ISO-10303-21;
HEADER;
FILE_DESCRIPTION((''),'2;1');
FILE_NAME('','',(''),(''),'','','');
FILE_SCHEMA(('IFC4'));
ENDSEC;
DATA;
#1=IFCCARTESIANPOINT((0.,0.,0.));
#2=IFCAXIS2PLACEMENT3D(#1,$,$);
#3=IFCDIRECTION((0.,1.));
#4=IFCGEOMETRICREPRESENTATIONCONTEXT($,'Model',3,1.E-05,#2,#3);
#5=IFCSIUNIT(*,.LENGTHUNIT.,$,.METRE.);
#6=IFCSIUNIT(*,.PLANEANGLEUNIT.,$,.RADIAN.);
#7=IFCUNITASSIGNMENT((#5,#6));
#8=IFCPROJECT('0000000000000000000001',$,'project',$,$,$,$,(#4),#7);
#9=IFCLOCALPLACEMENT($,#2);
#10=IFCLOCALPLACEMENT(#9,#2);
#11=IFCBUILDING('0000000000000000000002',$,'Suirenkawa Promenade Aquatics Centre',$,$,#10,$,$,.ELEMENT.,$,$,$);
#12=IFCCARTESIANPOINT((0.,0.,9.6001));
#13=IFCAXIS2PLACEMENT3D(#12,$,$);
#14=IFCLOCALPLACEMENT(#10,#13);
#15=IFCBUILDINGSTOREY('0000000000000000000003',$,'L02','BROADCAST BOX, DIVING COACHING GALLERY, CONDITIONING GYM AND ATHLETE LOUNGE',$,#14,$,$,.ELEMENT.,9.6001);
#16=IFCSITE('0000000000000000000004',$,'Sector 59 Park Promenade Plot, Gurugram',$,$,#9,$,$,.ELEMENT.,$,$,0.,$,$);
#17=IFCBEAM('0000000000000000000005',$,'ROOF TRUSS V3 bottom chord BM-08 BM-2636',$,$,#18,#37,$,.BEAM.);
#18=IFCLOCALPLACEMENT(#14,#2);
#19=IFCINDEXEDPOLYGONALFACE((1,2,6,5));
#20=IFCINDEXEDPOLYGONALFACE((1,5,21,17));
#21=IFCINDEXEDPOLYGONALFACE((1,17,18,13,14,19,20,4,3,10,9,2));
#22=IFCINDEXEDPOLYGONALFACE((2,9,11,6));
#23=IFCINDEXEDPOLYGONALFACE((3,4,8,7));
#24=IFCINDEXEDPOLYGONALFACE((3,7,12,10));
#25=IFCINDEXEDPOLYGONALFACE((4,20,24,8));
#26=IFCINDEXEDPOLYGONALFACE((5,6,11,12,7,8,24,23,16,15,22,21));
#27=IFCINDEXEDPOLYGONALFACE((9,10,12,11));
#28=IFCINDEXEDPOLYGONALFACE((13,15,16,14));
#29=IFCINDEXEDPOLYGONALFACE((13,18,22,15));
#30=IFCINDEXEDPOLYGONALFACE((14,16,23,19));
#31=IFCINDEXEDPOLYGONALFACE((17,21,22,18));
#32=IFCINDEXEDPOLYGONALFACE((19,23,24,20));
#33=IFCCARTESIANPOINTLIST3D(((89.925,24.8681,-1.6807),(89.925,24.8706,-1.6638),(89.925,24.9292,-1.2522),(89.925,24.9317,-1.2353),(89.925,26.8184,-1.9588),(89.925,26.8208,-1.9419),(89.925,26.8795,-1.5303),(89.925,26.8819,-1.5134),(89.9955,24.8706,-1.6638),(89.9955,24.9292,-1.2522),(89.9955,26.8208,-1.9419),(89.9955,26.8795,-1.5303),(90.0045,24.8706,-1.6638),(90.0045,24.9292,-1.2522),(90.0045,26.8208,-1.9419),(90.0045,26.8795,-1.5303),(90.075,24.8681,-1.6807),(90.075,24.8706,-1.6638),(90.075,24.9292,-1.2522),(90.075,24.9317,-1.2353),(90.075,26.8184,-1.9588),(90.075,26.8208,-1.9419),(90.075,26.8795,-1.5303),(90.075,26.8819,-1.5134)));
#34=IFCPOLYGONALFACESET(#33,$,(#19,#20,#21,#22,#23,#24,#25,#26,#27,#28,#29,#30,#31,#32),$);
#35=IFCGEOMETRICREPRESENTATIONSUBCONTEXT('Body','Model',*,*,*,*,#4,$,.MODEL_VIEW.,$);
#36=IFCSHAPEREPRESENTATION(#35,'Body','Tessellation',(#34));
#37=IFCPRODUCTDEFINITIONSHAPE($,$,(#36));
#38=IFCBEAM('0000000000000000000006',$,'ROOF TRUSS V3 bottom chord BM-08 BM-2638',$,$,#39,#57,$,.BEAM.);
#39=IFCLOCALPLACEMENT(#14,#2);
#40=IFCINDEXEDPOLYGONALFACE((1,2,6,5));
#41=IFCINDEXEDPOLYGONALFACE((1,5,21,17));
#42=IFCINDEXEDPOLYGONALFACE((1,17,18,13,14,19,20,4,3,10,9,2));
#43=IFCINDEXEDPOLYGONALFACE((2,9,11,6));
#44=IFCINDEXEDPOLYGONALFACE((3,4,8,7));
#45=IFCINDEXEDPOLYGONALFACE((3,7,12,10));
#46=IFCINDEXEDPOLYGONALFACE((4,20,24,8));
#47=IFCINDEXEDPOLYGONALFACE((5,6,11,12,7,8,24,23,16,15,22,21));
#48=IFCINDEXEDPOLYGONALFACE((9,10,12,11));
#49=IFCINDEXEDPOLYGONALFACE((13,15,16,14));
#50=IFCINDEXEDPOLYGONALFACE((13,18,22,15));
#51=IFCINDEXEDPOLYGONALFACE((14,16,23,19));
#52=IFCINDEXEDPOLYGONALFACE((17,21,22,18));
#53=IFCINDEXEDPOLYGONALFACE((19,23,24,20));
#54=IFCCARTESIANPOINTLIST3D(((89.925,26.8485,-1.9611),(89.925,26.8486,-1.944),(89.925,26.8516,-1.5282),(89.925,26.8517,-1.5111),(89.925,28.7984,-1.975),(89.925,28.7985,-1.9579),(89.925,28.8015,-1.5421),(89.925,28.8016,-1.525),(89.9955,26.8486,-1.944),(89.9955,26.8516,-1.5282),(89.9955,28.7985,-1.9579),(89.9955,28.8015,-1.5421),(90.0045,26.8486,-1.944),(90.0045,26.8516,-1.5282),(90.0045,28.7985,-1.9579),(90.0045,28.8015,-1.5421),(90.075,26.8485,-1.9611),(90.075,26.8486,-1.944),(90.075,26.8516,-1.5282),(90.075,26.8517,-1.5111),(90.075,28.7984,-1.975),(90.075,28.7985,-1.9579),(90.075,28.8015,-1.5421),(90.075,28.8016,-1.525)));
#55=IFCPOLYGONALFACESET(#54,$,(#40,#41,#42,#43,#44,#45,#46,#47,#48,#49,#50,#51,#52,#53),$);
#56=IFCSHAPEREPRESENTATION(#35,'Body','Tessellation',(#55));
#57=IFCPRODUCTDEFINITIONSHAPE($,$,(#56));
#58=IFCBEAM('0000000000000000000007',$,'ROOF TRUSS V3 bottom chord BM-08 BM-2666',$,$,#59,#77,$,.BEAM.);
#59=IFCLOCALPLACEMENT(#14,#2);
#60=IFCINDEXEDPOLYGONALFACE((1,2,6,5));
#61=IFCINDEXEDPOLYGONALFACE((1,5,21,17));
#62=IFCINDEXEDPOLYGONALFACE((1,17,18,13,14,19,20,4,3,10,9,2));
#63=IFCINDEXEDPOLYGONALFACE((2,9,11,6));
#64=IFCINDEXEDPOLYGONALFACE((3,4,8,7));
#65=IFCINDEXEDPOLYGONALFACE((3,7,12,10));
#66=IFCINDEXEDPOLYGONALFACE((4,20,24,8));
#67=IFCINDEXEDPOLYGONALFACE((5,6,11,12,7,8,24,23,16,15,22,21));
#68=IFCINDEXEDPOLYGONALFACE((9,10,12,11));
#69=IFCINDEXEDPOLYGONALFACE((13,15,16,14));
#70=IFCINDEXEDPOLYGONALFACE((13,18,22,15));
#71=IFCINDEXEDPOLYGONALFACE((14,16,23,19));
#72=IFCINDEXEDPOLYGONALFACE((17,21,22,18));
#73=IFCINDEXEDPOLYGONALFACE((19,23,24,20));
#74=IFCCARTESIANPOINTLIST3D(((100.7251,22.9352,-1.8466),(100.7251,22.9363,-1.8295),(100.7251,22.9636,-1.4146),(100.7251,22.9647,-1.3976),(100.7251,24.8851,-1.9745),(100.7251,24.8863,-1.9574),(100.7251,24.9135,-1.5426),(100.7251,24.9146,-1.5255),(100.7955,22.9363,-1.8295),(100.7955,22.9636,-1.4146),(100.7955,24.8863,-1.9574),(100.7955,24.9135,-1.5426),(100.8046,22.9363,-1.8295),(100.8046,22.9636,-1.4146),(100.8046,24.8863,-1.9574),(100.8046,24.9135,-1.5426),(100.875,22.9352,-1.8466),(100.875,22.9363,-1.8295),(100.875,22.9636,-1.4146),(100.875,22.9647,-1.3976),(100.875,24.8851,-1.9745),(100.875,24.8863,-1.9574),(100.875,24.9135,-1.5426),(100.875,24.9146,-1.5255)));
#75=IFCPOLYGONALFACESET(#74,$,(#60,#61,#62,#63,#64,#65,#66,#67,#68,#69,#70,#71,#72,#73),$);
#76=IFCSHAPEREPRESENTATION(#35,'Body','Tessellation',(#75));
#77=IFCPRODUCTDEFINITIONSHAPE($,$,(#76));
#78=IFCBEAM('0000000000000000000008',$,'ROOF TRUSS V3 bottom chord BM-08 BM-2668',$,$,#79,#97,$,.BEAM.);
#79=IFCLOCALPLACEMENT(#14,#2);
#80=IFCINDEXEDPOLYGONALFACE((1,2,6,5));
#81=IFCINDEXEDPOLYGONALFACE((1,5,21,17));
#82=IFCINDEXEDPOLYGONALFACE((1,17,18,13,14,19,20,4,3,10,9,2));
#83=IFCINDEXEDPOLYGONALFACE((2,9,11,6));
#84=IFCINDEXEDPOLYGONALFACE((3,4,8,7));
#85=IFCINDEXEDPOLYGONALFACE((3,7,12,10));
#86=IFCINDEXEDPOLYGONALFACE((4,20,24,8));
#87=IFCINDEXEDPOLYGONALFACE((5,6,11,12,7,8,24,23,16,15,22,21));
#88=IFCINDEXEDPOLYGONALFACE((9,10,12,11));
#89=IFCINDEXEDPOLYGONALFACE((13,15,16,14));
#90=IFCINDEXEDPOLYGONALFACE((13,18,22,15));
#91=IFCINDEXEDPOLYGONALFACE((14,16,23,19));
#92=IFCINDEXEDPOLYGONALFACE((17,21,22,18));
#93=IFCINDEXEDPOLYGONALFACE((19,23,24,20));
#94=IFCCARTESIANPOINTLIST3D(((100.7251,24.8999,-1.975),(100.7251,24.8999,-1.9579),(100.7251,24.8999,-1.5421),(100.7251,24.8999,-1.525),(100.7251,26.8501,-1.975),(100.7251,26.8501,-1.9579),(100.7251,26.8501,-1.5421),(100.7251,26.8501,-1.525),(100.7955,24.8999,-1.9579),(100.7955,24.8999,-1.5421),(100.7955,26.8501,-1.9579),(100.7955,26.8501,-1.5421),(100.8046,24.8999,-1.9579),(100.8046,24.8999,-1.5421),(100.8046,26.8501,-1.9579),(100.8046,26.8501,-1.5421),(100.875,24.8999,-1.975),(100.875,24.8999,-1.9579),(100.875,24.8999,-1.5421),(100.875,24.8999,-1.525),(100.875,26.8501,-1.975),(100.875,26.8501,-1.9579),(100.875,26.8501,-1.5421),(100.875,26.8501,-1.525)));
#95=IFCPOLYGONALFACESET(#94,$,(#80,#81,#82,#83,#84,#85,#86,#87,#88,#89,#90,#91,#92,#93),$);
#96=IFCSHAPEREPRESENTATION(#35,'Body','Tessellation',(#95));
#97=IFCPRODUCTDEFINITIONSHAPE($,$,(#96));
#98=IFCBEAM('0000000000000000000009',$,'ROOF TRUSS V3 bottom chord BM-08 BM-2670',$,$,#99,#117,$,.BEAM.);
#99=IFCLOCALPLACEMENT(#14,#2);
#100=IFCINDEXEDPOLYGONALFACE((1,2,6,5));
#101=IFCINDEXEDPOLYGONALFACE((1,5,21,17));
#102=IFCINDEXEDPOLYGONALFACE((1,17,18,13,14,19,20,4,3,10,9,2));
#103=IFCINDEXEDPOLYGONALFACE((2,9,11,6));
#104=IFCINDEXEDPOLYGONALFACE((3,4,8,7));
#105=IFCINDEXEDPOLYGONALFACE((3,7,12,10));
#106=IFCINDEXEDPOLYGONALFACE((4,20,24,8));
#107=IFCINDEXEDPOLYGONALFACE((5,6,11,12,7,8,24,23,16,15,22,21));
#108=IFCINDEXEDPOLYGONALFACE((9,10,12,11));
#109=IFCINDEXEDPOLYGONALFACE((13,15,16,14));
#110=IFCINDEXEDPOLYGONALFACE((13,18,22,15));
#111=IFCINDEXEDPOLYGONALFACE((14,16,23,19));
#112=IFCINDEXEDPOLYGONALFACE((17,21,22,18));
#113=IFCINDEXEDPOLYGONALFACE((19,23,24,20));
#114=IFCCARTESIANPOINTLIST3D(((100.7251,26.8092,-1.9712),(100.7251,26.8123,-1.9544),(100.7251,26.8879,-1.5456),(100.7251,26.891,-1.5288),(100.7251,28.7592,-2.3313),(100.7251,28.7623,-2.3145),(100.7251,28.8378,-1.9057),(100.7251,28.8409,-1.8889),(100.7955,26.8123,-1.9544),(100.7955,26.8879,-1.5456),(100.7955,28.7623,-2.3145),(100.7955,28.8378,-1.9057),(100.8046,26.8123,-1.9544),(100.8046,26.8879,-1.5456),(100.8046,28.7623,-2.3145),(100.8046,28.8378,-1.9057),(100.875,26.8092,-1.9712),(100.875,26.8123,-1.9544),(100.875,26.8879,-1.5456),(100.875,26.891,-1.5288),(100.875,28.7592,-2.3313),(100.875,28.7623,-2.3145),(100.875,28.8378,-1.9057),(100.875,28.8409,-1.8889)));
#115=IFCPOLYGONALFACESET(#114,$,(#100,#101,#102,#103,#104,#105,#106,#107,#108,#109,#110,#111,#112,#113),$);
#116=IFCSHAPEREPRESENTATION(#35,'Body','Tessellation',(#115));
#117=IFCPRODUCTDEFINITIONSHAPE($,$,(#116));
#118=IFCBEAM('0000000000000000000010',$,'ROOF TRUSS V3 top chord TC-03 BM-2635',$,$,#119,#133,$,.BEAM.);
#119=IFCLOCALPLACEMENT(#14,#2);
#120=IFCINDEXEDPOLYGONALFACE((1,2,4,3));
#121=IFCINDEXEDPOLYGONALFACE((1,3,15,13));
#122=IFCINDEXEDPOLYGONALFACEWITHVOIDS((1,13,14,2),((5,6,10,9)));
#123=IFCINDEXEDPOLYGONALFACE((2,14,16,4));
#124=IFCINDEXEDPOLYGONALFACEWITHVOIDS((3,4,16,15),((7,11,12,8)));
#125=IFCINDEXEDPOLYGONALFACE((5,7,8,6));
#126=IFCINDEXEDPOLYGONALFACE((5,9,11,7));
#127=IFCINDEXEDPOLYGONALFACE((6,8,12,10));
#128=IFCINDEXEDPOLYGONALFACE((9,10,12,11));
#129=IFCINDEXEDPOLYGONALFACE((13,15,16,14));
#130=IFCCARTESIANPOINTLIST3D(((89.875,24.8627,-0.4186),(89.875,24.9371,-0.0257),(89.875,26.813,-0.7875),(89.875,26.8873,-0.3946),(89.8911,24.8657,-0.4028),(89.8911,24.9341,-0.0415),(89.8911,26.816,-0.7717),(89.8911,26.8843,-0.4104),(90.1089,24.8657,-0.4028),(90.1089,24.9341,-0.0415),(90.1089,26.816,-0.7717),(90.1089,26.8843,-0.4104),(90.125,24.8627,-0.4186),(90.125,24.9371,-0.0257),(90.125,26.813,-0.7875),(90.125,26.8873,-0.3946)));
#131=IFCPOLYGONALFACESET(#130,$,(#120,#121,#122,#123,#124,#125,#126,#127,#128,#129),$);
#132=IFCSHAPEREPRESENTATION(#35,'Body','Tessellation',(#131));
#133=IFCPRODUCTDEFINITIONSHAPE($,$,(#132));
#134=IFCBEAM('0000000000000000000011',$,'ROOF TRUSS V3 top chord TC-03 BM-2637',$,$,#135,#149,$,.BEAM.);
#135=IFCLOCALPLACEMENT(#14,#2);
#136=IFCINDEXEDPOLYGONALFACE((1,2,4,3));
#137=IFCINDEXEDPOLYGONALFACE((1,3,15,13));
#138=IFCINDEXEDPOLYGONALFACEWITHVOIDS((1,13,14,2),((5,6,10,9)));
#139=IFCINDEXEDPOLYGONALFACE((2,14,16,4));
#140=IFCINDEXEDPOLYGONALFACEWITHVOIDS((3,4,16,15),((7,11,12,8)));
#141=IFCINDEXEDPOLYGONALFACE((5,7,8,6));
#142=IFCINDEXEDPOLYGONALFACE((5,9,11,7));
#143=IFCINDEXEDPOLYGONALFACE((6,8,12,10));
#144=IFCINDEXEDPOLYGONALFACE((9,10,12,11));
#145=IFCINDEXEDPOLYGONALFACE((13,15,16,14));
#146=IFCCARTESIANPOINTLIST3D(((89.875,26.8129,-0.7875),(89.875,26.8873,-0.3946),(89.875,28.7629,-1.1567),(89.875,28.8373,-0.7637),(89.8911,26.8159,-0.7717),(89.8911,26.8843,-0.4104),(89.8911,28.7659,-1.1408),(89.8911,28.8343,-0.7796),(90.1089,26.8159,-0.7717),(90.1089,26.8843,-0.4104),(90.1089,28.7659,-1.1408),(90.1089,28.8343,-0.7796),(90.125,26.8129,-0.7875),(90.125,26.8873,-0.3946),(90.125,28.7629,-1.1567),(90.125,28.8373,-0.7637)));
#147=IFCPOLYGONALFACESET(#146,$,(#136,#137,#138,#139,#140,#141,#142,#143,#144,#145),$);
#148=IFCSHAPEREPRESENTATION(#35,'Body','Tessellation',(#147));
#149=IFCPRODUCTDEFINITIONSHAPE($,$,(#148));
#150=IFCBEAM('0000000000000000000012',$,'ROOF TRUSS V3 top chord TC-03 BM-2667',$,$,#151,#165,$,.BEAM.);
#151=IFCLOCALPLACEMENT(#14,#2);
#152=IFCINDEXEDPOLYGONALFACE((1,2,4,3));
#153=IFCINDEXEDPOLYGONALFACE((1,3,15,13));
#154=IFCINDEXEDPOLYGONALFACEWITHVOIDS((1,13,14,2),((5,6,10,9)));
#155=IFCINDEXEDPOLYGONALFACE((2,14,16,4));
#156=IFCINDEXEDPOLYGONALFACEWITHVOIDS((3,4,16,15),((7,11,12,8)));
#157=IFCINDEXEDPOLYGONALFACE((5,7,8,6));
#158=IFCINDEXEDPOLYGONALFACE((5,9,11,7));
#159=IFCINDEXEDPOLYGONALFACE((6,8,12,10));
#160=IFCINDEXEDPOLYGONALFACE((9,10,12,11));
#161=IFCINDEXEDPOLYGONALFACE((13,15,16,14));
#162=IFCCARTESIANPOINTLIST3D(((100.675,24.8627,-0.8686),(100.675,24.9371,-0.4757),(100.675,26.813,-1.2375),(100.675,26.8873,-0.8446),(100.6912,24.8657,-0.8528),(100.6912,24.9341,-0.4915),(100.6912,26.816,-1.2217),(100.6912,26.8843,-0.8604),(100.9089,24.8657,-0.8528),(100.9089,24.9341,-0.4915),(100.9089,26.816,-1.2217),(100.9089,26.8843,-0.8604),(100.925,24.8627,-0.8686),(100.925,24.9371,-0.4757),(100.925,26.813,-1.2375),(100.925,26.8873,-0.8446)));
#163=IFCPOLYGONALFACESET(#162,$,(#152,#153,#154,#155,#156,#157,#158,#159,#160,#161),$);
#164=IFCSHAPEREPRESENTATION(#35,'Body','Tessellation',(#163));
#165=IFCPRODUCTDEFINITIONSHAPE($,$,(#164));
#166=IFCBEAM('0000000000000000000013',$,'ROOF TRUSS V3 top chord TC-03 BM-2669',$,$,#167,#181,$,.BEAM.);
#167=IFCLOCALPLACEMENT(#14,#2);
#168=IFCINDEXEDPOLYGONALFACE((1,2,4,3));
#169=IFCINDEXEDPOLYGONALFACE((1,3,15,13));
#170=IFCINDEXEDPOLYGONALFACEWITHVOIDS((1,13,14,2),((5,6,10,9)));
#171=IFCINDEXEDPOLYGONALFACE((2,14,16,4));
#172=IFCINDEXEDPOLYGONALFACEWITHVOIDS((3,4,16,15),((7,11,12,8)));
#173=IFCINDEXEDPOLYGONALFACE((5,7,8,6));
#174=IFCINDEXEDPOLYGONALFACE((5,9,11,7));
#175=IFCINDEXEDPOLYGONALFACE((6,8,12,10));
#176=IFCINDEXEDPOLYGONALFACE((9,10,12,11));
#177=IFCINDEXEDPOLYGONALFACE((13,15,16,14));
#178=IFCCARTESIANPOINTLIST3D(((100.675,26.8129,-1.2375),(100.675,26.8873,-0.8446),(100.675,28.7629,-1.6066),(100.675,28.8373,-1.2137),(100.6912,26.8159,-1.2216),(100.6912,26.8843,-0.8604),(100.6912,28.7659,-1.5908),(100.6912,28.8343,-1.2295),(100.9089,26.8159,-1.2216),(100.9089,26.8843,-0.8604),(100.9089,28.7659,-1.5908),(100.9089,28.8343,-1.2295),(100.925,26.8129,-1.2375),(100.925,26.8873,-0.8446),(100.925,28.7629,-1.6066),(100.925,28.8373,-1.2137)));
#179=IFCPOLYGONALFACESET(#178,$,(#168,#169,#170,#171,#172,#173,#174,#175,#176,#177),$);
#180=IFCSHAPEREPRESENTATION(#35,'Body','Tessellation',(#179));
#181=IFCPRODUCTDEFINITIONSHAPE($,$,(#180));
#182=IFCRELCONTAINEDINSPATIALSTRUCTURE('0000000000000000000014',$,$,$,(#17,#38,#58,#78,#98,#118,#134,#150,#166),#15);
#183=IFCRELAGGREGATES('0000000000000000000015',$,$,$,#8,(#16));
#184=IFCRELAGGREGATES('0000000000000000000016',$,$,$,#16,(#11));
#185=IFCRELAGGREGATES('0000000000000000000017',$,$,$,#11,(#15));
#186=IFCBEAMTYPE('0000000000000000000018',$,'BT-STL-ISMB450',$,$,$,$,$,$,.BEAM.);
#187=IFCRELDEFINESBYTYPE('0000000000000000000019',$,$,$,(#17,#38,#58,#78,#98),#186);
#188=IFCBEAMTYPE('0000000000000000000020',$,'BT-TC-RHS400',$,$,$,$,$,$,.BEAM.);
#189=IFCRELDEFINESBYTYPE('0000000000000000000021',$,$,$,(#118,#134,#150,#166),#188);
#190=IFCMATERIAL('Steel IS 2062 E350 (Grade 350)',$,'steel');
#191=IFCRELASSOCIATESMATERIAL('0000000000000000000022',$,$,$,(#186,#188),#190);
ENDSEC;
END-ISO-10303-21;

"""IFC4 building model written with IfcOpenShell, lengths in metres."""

from ifc_helpers import new_model, si_unit, direction, frame, origin, origin_2d, place, context, subcontext, project, spatial, hollow_rectangle, i_section, extrude, material, material_profile, profile_set, type_object, element, save


model = new_model("IFC4")

# Units and contexts
model_context = context("Model", 3, precision=1e-05, world=origin(), true_north=direction((0.0, 1.0)))
body_context = subcontext(model_context, "Body", "Model", "MODEL_VIEW")
ifc_project = project(units=[si_unit("LENGTHUNIT", "METRE"), si_unit("PLANEANGLEUNIT", "RADIAN")], contexts=[model_context])

# Site, building, storey
site_placement = place(None, origin())
site = spatial("IfcSite", under=ifc_project, at=site_placement, Name="Sector 59 Park Promenade Plot, Gurugram", CompositionType="ELEMENT", RefElevation=0.0)
building_placement = place(site_placement, origin())
building = spatial("IfcBuilding", under=site, at=building_placement, Name="Suirenkawa Promenade Aquatics Centre", CompositionType="ELEMENT")
storey_placement = place(building_placement, frame((0.0, 0.0, 9.6001)))
storey = spatial("IfcBuildingStorey", under=building, at=storey_placement, Name="L02", Description="BROADCAST BOX, DIVING COACHING GALLERY, CONDITIONING GYM AND ATHLETE LOUNGE", CompositionType="ELEMENT", Elevation=9.6001)

# Beams
ifc_material = material(Name="Steel IS 2062 E350 (Grade 350)", Category="steel")
ifc_material_profile_1 = material_profile(ifc_material, i_section(OverallWidth=0.1499, OverallDepth=0.45, WebThickness=0.009, FlangeThickness=0.0171, at=origin_2d()), Name="ISMB 450", Category="steel")
ifc_profile_set_1 = profile_set([ifc_material_profile_1], Name="Steel IS 2062 E350 (Grade 350)")
beam_type_1 = type_object("IfcBeamType", Name="BT-STL-ISMB450", PredefinedType="BEAM", material=ifc_profile_set_1)
beam_1_placement = place(storey_placement, frame((90.0, 24.8999, -1.458), z_axis=(0.0, 0.989987, -0.141161), x_axis=(-1.0, 0.0, 0.0)))
element("IfcBeam", 1, at=beam_1_placement, inside=storey, type_object=beam_type_1, Name="ROOF TRUSS V3 bottom chord BM-08 BM-2636", PredefinedType="BEAM", context=body_context, shape_type="SweptSolid", body=[
    extrude(i_section(OverallWidth=0.1499, OverallDepth=0.45, WebThickness=0.009, FlangeThickness=0.0171, at=origin_2d()), origin(), (0.0, 0.0, 1.0), 1.97),
])
beam_2_placement = place(storey_placement, frame((90.0, 26.8501, -1.7361), z_axis=(0.0, 0.999975, -0.007136), x_axis=(-1.0, 0.0, 0.0)))
element("IfcBeam", 2, at=beam_2_placement, inside=storey, type_object=beam_type_1, Name="ROOF TRUSS V3 bottom chord BM-08 BM-2638", PredefinedType="BEAM", context=body_context, shape_type="SweptSolid", body=[
    extrude(i_section(OverallWidth=0.1499, OverallDepth=0.45, WebThickness=0.009, FlangeThickness=0.0171, at=origin_2d()), origin(), (0.0, 0.0, 1.0), 1.95),
])
beam_3_placement = place(storey_placement, frame((100.8, 22.95, -1.6221), z_axis=(0.0, 0.997855, -0.065466), x_axis=(-1.0, 0.0, 0.0)))
element("IfcBeam", 3, at=beam_3_placement, inside=storey, type_object=beam_type_1, Name="ROOF TRUSS V3 bottom chord BM-08 BM-2666", PredefinedType="BEAM", context=body_context, shape_type="SweptSolid", body=[
    extrude(i_section(OverallWidth=0.1499, OverallDepth=0.45, WebThickness=0.009, FlangeThickness=0.0171, at=origin_2d()), origin(), (0.0, 0.0, 1.0), 1.9541),
])
beam_4_placement = place(storey_placement, frame((100.8, 24.8999, -1.75), z_axis=(0.0, 1.0, 0.0), x_axis=(-1.0, 0.0, 0.0)))
element("IfcBeam", 4, at=beam_4_placement, inside=storey, type_object=beam_type_1, Name="ROOF TRUSS V3 bottom chord BM-08 BM-2668", PredefinedType="BEAM", context=body_context, shape_type="SweptSolid", body=[
    extrude(i_section(OverallWidth=0.1499, OverallDepth=0.45, WebThickness=0.009, FlangeThickness=0.0171, at=origin_2d()), origin(), (0.0, 0.0, 1.0), 1.9502),
])
beam_5_placement = place(storey_placement, frame((100.8, 26.8501, -1.75), z_axis=(0.0, 0.983372, -0.181604), x_axis=(-1.0, 0.0, 0.0)))
element("IfcBeam", 5, at=beam_5_placement, inside=storey, type_object=beam_type_1, Name="ROOF TRUSS V3 bottom chord BM-08 BM-2670", PredefinedType="BEAM", context=body_context, shape_type="SweptSolid", body=[
    extrude(i_section(OverallWidth=0.1499, OverallDepth=0.45, WebThickness=0.009, FlangeThickness=0.0171, at=origin_2d()), origin(), (0.0, 0.0, 1.0), 1.9829),
])
ifc_material_profile_2 = material_profile(ifc_material, hollow_rectangle(XDim=0.25, YDim=0.3999, WallThickness=0.0161, at=origin_2d()), Name="RHS 400x250x16", Category="steel")
ifc_profile_set_2 = profile_set([ifc_material_profile_2], Name="Steel IS 2062 E350 (Grade 350)")
beam_type_2 = type_object("IfcBeamType", Name="BT-TC-RHS400", PredefinedType="BEAM", material=ifc_profile_set_2)
beam_6_placement = place(storey_placement, frame((90.0, 24.8999, -0.2222), z_axis=(0.0, 0.982576, -0.185863), x_axis=(-1.0, 0.0, 0.0)))
element("IfcBeam", 6, at=beam_6_placement, inside=storey, type_object=beam_type_2, Name="ROOF TRUSS V3 top chord TC-03 BM-2635", PredefinedType="BEAM", context=body_context, shape_type="SweptSolid", body=[
    extrude(hollow_rectangle(XDim=0.25, YDim=0.3999, WallThickness=0.0161, at=origin_2d()), origin(), (0.0, 0.0, 1.0), 1.9849),
])
beam_7_placement = place(storey_placement, frame((90.0, 26.8501, -0.5911), z_axis=(0.0, 0.982549, -0.186004), x_axis=(-1.0, 0.0, 0.0)))
element("IfcBeam", 7, at=beam_7_placement, inside=storey, type_object=beam_type_2, Name="ROOF TRUSS V3 top chord TC-03 BM-2637", PredefinedType="BEAM", context=body_context, shape_type="SweptSolid", body=[
    extrude(hollow_rectangle(XDim=0.25, YDim=0.3999, WallThickness=0.0161, at=origin_2d()), origin(), (0.0, 0.0, 1.0), 1.9846),
])
beam_8_placement = place(storey_placement, frame((100.8, 24.8999, -0.6721), z_axis=(0.0, 0.982576, -0.185863), x_axis=(-1.0, 0.0, 0.0)))
element("IfcBeam", 8, at=beam_8_placement, inside=storey, type_object=beam_type_2, Name="ROOF TRUSS V3 top chord TC-03 BM-2667", PredefinedType="BEAM", context=body_context, shape_type="SweptSolid", body=[
    extrude(hollow_rectangle(XDim=0.25, YDim=0.3999, WallThickness=0.0161, at=origin_2d()), origin(), (0.0, 0.0, 1.0), 1.9849),
])
beam_9_placement = place(storey_placement, frame((100.8, 26.8501, -1.041), z_axis=(0.0, 0.982549, -0.186004), x_axis=(-1.0, 0.0, 0.0)))
element("IfcBeam", 9, at=beam_9_placement, inside=storey, type_object=beam_type_2, Name="ROOF TRUSS V3 top chord TC-03 BM-2669", PredefinedType="BEAM", context=body_context, shape_type="SweptSolid", body=[
    extrude(hollow_rectangle(XDim=0.25, YDim=0.3999, WallThickness=0.0161, at=origin_2d()), origin(), (0.0, 0.0, 1.0), 1.9846),
])

save(model, "model.ifc")
